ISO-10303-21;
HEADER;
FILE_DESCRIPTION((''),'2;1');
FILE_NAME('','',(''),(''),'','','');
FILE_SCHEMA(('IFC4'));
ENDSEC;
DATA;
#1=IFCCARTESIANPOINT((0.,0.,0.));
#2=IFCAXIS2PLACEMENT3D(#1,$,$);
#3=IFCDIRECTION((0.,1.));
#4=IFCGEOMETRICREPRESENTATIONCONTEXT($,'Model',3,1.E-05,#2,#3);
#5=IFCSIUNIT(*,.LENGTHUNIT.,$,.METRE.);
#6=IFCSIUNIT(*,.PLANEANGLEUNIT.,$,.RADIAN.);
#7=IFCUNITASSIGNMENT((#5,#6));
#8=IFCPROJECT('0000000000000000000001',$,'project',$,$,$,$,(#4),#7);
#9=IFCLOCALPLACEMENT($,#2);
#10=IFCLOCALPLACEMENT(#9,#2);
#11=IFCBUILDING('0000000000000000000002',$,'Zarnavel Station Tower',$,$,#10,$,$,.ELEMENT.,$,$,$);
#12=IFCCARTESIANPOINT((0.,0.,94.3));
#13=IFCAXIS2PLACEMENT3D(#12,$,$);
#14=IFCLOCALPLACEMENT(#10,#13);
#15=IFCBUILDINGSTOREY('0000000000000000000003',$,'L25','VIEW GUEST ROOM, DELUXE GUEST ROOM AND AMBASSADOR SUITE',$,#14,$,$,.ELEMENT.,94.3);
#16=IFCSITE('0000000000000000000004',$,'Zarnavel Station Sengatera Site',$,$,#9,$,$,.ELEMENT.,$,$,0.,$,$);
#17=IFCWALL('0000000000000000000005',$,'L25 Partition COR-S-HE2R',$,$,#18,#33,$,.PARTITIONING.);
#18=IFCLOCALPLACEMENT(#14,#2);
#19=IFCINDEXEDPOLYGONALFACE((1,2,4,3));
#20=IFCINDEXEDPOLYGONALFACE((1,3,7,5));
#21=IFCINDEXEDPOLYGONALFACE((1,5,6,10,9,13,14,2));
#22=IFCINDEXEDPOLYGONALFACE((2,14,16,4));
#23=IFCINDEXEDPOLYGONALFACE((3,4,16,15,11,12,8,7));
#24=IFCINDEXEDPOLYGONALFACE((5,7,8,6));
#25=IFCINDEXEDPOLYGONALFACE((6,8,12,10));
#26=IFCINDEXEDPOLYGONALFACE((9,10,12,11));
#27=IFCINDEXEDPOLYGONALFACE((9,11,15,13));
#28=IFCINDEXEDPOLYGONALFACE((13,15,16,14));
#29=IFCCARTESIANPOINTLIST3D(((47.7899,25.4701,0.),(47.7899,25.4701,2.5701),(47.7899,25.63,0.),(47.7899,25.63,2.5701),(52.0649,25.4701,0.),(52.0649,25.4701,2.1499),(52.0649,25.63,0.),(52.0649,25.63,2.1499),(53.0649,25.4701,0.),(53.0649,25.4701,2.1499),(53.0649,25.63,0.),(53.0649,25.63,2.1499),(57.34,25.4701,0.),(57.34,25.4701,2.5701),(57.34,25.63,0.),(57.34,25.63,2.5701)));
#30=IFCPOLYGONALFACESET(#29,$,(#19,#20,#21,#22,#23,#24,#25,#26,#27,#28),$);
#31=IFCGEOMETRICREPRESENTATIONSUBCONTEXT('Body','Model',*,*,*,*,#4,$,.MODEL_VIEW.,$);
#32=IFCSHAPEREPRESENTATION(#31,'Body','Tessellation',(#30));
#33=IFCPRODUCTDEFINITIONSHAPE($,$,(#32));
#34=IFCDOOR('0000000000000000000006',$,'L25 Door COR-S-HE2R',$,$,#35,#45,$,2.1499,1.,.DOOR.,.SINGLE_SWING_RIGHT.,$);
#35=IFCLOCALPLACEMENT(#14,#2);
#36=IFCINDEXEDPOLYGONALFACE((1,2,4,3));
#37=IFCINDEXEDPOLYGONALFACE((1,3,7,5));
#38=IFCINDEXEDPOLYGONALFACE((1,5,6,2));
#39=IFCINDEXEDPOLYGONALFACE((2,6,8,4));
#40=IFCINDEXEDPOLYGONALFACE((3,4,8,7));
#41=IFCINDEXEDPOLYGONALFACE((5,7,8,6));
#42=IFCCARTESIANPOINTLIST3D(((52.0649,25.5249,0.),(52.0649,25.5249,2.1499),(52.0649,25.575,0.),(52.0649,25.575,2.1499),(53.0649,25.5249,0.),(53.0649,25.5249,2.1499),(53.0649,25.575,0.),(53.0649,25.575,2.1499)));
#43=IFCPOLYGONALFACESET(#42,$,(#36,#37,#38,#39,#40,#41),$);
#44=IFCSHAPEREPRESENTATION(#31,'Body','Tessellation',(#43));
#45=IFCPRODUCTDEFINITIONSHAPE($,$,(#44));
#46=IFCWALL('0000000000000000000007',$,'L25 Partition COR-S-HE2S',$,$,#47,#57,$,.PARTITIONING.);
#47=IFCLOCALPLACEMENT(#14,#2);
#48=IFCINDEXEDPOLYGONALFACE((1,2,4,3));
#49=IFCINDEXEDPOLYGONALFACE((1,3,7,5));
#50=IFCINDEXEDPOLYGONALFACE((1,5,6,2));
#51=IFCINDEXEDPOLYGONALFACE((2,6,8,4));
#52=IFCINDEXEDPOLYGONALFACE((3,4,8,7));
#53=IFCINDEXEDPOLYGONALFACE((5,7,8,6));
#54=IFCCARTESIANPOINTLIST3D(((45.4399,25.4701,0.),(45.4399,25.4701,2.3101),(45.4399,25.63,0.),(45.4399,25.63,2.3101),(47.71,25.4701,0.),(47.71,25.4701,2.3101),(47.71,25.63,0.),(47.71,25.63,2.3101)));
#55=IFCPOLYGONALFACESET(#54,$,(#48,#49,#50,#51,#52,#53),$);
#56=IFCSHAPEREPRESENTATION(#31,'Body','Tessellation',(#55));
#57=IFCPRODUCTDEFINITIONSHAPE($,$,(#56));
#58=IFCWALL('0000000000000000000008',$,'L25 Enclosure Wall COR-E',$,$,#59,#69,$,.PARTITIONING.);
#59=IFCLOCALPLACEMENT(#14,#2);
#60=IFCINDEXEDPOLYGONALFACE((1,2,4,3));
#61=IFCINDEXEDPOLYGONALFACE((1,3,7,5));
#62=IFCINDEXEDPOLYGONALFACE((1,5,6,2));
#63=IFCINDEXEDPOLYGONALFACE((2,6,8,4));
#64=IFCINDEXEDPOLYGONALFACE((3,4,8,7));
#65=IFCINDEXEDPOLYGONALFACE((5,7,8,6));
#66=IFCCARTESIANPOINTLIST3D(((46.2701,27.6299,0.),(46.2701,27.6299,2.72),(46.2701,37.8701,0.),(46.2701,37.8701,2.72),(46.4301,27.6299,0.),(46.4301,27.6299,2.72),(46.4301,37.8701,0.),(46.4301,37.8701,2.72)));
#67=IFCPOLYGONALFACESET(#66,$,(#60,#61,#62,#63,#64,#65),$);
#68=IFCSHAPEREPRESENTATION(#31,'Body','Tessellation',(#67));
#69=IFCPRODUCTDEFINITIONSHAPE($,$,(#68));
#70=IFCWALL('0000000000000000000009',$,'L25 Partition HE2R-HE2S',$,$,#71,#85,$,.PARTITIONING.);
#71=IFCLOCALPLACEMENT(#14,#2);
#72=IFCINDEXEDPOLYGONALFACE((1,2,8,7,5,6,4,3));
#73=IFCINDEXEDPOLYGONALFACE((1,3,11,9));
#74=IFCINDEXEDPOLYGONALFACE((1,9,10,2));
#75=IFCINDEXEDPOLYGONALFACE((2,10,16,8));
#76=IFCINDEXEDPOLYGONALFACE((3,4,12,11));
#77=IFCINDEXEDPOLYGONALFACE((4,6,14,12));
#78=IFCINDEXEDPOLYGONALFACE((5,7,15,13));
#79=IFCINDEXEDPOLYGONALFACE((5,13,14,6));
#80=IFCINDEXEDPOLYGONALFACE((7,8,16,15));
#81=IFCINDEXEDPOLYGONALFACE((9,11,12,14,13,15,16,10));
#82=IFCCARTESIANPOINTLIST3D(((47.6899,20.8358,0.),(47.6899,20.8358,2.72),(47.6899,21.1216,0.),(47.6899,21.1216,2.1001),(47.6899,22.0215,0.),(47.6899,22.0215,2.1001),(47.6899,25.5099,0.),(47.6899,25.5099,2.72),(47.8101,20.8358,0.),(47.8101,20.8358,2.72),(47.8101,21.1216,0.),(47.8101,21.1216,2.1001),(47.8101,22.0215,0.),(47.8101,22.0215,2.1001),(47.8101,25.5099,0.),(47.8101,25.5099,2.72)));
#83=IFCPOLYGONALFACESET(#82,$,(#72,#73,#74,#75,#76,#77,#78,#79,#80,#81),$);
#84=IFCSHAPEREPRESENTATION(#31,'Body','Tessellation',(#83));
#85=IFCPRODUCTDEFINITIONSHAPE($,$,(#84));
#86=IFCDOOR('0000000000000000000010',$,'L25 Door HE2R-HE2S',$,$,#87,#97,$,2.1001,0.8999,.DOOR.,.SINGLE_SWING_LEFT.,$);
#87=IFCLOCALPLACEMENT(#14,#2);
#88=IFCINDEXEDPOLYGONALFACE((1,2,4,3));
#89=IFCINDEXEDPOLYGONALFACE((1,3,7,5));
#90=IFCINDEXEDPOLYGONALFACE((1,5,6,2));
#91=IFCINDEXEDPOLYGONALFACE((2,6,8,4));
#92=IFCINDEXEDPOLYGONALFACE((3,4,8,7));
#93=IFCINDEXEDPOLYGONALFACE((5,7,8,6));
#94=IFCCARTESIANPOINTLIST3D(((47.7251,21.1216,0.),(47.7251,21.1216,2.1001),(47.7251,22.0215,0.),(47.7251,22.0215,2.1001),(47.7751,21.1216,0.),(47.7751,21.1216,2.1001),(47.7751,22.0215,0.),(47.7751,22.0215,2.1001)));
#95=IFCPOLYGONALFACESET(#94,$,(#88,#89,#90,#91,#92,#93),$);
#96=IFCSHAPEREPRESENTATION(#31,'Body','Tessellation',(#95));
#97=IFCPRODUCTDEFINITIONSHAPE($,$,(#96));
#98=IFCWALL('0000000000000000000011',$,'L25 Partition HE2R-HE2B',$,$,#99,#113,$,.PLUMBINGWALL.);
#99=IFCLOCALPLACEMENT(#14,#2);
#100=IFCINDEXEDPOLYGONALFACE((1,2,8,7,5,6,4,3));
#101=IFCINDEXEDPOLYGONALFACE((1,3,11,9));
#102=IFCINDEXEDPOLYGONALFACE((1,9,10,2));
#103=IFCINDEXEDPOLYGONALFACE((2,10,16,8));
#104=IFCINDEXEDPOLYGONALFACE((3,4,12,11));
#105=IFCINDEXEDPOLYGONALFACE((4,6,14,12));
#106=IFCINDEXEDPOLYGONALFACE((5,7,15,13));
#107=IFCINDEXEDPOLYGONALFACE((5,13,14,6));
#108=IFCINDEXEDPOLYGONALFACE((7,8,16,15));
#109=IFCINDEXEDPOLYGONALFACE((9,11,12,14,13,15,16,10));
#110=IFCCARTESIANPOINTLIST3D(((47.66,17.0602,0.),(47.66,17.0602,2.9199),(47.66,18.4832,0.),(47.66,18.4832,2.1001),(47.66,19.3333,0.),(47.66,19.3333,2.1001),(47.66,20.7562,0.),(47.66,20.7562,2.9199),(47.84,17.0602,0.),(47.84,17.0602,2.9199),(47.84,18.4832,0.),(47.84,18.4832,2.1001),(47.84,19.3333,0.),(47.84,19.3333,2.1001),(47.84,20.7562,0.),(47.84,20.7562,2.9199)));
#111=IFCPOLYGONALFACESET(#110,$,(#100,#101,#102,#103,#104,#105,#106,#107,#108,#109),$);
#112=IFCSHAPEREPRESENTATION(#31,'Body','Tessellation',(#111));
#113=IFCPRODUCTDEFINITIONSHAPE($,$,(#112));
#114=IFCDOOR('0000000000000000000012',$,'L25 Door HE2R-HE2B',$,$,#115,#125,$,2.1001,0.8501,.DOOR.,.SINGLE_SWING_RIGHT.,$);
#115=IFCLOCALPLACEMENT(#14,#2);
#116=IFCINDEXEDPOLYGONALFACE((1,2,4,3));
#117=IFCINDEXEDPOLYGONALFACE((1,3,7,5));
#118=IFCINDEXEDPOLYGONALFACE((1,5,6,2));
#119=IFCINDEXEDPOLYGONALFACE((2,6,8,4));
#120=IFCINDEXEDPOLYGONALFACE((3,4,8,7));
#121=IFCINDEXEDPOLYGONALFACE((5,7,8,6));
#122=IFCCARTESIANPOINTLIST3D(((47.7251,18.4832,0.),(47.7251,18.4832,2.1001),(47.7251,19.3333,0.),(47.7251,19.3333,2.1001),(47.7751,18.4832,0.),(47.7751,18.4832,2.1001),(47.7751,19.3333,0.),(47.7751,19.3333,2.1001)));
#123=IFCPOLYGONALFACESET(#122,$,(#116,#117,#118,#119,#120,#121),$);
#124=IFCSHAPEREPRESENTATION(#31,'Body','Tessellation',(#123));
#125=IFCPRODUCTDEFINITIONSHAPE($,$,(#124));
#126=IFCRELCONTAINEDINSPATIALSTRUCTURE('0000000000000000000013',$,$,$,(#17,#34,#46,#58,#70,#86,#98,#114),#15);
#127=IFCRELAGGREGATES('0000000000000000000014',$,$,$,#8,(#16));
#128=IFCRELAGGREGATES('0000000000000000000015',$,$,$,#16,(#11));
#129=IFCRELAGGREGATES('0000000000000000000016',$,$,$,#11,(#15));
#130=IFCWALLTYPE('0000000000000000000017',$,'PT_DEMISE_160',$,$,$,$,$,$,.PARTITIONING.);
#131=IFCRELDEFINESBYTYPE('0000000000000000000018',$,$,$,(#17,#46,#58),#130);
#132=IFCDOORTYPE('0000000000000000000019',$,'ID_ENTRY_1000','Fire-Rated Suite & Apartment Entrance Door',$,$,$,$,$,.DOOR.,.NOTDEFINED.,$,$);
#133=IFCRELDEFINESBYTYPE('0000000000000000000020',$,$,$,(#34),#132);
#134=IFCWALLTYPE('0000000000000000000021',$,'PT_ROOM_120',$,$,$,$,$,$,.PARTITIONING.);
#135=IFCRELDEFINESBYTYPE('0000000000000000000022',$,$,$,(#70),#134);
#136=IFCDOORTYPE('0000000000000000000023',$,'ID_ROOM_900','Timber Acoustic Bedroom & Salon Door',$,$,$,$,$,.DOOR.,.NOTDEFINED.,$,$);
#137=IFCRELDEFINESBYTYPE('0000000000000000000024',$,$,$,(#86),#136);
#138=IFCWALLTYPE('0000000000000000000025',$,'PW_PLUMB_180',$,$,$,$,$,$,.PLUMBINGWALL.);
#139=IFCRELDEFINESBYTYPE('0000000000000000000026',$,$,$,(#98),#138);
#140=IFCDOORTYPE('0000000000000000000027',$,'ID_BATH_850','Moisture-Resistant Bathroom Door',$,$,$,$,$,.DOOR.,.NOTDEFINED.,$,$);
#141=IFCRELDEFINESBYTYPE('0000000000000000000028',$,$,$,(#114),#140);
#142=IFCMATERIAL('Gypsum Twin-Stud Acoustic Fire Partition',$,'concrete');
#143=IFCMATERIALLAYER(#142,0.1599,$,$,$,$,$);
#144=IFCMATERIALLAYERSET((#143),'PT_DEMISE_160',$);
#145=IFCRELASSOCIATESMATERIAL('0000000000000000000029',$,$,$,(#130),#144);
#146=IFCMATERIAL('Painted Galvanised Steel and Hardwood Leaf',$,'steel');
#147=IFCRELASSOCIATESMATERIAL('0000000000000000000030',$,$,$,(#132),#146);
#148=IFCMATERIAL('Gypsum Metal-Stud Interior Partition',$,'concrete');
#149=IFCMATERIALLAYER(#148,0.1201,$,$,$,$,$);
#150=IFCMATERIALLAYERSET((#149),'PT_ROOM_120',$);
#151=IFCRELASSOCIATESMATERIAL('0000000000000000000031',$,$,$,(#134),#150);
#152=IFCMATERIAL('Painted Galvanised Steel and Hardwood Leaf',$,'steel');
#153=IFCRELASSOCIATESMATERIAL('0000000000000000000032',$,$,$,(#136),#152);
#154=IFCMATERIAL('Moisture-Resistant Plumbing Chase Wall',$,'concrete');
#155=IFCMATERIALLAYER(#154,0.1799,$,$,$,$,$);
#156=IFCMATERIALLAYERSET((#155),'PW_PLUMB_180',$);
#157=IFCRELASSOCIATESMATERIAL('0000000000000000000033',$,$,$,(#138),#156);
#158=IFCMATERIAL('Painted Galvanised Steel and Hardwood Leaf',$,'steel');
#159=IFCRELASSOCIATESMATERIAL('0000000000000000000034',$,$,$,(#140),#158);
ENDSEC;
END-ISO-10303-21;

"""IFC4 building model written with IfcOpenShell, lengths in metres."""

from ifc_helpers import new_model, si_unit, direction, frame, frame_2d, origin, place, context, subcontext, project, spatial, rectangle, extrude, material, layer, layer_set, type_object, element, fill, save


model = new_model("IFC4")

# Units and contexts
model_context = context("Model", 3, precision=1e-05, world=origin(), true_north=direction((0.0, 1.0)))
body_context = subcontext(model_context, "Body", "Model", "MODEL_VIEW")
ifc_project = project(units=[si_unit("LENGTHUNIT", "METRE"), si_unit("PLANEANGLEUNIT", "RADIAN")], contexts=[model_context])

# Site, building, storey
site_placement = place(None, origin())
site = spatial("IfcSite", under=ifc_project, at=site_placement, Name="Zarnavel Station Sengatera Site", CompositionType="ELEMENT", RefElevation=0.0)
building_placement = place(site_placement, origin())
building = spatial("IfcBuilding", under=site, at=building_placement, Name="Zarnavel Station Tower", CompositionType="ELEMENT")
storey_placement = place(building_placement, frame((0.0, 0.0, 94.3)))
storey = spatial("IfcBuildingStorey", under=building, at=storey_placement, Name="L25", Description="VIEW GUEST ROOM, DELUXE GUEST ROOM AND AMBASSADOR SUITE", CompositionType="ELEMENT", Elevation=94.3)

# Wall, opening, door
ifc_material_1 = material(Name="Gypsum Twin-Stud Acoustic Fire Partition", Category="concrete")
ifc_layer_1 = layer(ifc_material_1, 0.1599)
ifc_layer_set_1 = layer_set([ifc_layer_1], Name="PT_DEMISE_160")
wall_type_1 = type_object("IfcWallType", Name="PT_DEMISE_160", PredefinedType="PARTITIONING", material=ifc_layer_set_1)
ifc_material_2 = material(Name="Painted Galvanised Steel and Hardwood Leaf", Category="steel")
door_type_1 = type_object("IfcDoorType", Name="ID_ENTRY_1000", Description="Fire-Rated Suite & Apartment Entrance Door", OperationType="NOTDEFINED", PredefinedType="DOOR", material=ifc_material_2)
wall_1_placement = place(storey_placement, frame((47.79, 25.55, 0.0), z_axis=(0.0, 0.0, 1.0), x_axis=(1.0, 0.0, 0.0)))
wall_1 = element("IfcWall", 1, at=wall_1_placement, inside=storey, type_object=wall_type_1, Name="L25 Partition COR-S-HE2R", PredefinedType="PARTITIONING", context=body_context, shape_type="SweptSolid", body=[
    extrude(rectangle(XDim=9.55, YDim=0.1599, at=frame_2d((4.7749, 0.0))), origin(), (0.0, 0.0, 1.0), 2.5701),
])
opening_1_placement = place(wall_1_placement, frame((4.2749, 0.0, 0.0)))
opening_1 = element("IfcOpeningElement", 2, at=opening_1_placement, cuts=wall_1, PredefinedType="OPENING", context=body_context, shape_type="SweptSolid", body=[
    extrude(rectangle(XDim=1.0, YDim=2.1499, at=frame_2d((0.5, 1.075))), frame((0.0, 0.0898, 0.0), z_axis=(0.0, -1.0, 0.0), x_axis=(1.0, 0.0, 0.0)), (0.0, 0.0, 1.0), 0.1799),
])
door_1_placement = place(opening_1_placement, origin())
door_1 = element("IfcDoor", 3, at=door_1_placement, inside=storey, type_object=door_type_1, Name="L25 Door COR-S-HE2R", OperationType="SINGLE_SWING_RIGHT", OverallHeight=2.1499, OverallWidth=1.0, PredefinedType="DOOR", context=body_context, shape_type="SweptSolid", body=[
    extrude(rectangle(XDim=1.0, YDim=2.1499, at=frame_2d((0.5, 1.075))), frame((0.0, 0.0249, 0.0), z_axis=(0.0, -1.0, 0.0), x_axis=(1.0, 0.0, 0.0)), (0.0, 0.0, 1.0), 0.05),
])
fill(opening_1, door_1)

# Wall
wall_2_placement = place(storey_placement, frame((45.4399, 25.55, 0.0), z_axis=(0.0, 0.0, 1.0), x_axis=(1.0, 0.0, 0.0)))
element("IfcWall", 4, at=wall_2_placement, inside=storey, type_object=wall_type_1, Name="L25 Partition COR-S-HE2S", PredefinedType="PARTITIONING", context=body_context, shape_type="SweptSolid", body=[
    extrude(rectangle(XDim=2.27, YDim=0.1599, at=frame_2d((1.135, 0.0))), origin(), (0.0, 0.0, 1.0), 2.3101),
])

# Wall
wall_3_placement = place(storey_placement, frame((46.3501, 27.6299, 0.0), z_axis=(0.0, 0.0, 1.0), x_axis=(0.0, 1.0, 0.0)))
element("IfcWall", 5, at=wall_3_placement, inside=storey, type_object=wall_type_1, Name="L25 Enclosure Wall COR-E", PredefinedType="PARTITIONING", context=body_context, shape_type="SweptSolid", body=[
    extrude(rectangle(XDim=10.2402, YDim=0.1599, at=frame_2d((5.1201, 0.0))), origin(), (0.0, 0.0, 1.0), 2.72),
])

# Walls, openings, doors
ifc_material_3 = material(Name="Gypsum Metal-Stud Interior Partition", Category="concrete")
ifc_layer_2 = layer(ifc_material_3, 0.1201)
ifc_layer_set_2 = layer_set([ifc_layer_2], Name="PT_ROOM_120")
wall_type_2 = type_object("IfcWallType", Name="PT_ROOM_120", PredefinedType="PARTITIONING", material=ifc_layer_set_2)
wall_4_placement = place(storey_placement, frame((47.75, 20.8359, 0.0), z_axis=(0.0, 0.0, 1.0), x_axis=(0.0, 1.0, 0.0)))
wall_4 = element("IfcWall", 6, at=wall_4_placement, inside=storey, type_object=wall_type_2, Name="L25 Partition HE2R-HE2S", PredefinedType="PARTITIONING", context=body_context, shape_type="SweptSolid", body=[
    extrude(rectangle(XDim=4.6741, YDim=0.1201, at=frame_2d((2.3369, 0.0))), origin(), (0.0, 0.0, 1.0), 2.72),
])
opening_2_placement = place(wall_4_placement, frame((0.2856, 0.0, 0.0)))
opening_2 = element("IfcOpeningElement", 7, at=opening_2_placement, cuts=wall_4, PredefinedType="OPENING", context=body_context, shape_type="SweptSolid", body=[
    extrude(rectangle(XDim=0.8999, YDim=2.1001, at=frame_2d((0.45, 1.05))), frame((0.0, 0.0701, 0.0), z_axis=(0.0, -1.0, 0.0), x_axis=(1.0, 0.0, 0.0)), (0.0, 0.0, 1.0), 0.1401),
])
ifc_material_4 = material(Name="Painted Galvanised Steel and Hardwood Leaf", Category="steel")
door_type_2 = type_object("IfcDoorType", Name="ID_ROOM_900", Description="Timber Acoustic Bedroom & Salon Door", OperationType="NOTDEFINED", PredefinedType="DOOR", material=ifc_material_4)
door_2_placement = place(opening_2_placement, origin())
door_2 = element("IfcDoor", 8, at=door_2_placement, inside=storey, type_object=door_type_2, Name="L25 Door HE2R-HE2S", OperationType="SINGLE_SWING_LEFT", OverallHeight=2.1001, OverallWidth=0.8999, PredefinedType="DOOR", context=body_context, shape_type="SweptSolid", body=[
    extrude(rectangle(XDim=0.8999, YDim=2.1001, at=frame_2d((0.45, 1.05))), frame((0.0, 0.0249, 0.0), z_axis=(0.0, -1.0, 0.0), x_axis=(1.0, 0.0, 0.0)), (0.0, 0.0, 1.0), 0.05),
])
fill(opening_2, door_2)
ifc_material_5 = material(Name="Moisture-Resistant Plumbing Chase Wall", Category="concrete")
ifc_layer_3 = layer(ifc_material_5, 0.1799)
ifc_layer_set_3 = layer_set([ifc_layer_3], Name="PW_PLUMB_180")
wall_type_3 = type_object("IfcWallType", Name="PW_PLUMB_180", PredefinedType="PLUMBINGWALL", material=ifc_layer_set_3)
wall_5_placement = place(storey_placement, frame((47.75, 17.0601, 0.0), z_axis=(0.0, 0.0, 1.0), x_axis=(0.0, 1.0, 0.0)))
wall_5 = element("IfcWall", 9, at=wall_5_placement, inside=storey, type_object=wall_type_3, Name="L25 Partition HE2R-HE2B", PredefinedType="PLUMBINGWALL", context=body_context, shape_type="SweptSolid", body=[
    extrude(rectangle(XDim=3.696, YDim=0.1799, at=frame_2d((1.8481, 0.0))), origin(), (0.0, 0.0, 1.0), 2.9199),
])
opening_3_placement = place(wall_5_placement, frame((1.4231, 0.0, 0.0)))
opening_3 = element("IfcOpeningElement", 10, at=opening_3_placement, cuts=wall_5, PredefinedType="OPENING", context=body_context, shape_type="SweptSolid", body=[
    extrude(rectangle(XDim=0.8501, YDim=2.1001, at=frame_2d((0.425, 1.05))), frame((0.0, 0.0999, 0.0), z_axis=(0.0, -1.0, 0.0), x_axis=(1.0, 0.0, 0.0)), (0.0, 0.0, 1.0), 0.2),
])
ifc_material_6 = material(Name="Painted Galvanised Steel and Hardwood Leaf", Category="steel")
door_type_3 = type_object("IfcDoorType", Name="ID_BATH_850", Description="Moisture-Resistant Bathroom Door", OperationType="NOTDEFINED", PredefinedType="DOOR", material=ifc_material_6)
door_3_placement = place(opening_3_placement, origin())
door_3 = element("IfcDoor", 11, at=door_3_placement, inside=storey, type_object=door_type_3, Name="L25 Door HE2R-HE2B", OperationType="SINGLE_SWING_RIGHT", OverallHeight=2.1001, OverallWidth=0.8501, PredefinedType="DOOR", context=body_context, shape_type="SweptSolid", body=[
    extrude(rectangle(XDim=0.8501, YDim=2.1001, at=frame_2d((0.425, 1.05))), frame((0.0, 0.0249, 0.0), z_axis=(0.0, -1.0, 0.0), x_axis=(1.0, 0.0, 0.0)), (0.0, 0.0, 1.0), 0.05),
])
fill(opening_3, door_3)

save(model, "model.ifc")
